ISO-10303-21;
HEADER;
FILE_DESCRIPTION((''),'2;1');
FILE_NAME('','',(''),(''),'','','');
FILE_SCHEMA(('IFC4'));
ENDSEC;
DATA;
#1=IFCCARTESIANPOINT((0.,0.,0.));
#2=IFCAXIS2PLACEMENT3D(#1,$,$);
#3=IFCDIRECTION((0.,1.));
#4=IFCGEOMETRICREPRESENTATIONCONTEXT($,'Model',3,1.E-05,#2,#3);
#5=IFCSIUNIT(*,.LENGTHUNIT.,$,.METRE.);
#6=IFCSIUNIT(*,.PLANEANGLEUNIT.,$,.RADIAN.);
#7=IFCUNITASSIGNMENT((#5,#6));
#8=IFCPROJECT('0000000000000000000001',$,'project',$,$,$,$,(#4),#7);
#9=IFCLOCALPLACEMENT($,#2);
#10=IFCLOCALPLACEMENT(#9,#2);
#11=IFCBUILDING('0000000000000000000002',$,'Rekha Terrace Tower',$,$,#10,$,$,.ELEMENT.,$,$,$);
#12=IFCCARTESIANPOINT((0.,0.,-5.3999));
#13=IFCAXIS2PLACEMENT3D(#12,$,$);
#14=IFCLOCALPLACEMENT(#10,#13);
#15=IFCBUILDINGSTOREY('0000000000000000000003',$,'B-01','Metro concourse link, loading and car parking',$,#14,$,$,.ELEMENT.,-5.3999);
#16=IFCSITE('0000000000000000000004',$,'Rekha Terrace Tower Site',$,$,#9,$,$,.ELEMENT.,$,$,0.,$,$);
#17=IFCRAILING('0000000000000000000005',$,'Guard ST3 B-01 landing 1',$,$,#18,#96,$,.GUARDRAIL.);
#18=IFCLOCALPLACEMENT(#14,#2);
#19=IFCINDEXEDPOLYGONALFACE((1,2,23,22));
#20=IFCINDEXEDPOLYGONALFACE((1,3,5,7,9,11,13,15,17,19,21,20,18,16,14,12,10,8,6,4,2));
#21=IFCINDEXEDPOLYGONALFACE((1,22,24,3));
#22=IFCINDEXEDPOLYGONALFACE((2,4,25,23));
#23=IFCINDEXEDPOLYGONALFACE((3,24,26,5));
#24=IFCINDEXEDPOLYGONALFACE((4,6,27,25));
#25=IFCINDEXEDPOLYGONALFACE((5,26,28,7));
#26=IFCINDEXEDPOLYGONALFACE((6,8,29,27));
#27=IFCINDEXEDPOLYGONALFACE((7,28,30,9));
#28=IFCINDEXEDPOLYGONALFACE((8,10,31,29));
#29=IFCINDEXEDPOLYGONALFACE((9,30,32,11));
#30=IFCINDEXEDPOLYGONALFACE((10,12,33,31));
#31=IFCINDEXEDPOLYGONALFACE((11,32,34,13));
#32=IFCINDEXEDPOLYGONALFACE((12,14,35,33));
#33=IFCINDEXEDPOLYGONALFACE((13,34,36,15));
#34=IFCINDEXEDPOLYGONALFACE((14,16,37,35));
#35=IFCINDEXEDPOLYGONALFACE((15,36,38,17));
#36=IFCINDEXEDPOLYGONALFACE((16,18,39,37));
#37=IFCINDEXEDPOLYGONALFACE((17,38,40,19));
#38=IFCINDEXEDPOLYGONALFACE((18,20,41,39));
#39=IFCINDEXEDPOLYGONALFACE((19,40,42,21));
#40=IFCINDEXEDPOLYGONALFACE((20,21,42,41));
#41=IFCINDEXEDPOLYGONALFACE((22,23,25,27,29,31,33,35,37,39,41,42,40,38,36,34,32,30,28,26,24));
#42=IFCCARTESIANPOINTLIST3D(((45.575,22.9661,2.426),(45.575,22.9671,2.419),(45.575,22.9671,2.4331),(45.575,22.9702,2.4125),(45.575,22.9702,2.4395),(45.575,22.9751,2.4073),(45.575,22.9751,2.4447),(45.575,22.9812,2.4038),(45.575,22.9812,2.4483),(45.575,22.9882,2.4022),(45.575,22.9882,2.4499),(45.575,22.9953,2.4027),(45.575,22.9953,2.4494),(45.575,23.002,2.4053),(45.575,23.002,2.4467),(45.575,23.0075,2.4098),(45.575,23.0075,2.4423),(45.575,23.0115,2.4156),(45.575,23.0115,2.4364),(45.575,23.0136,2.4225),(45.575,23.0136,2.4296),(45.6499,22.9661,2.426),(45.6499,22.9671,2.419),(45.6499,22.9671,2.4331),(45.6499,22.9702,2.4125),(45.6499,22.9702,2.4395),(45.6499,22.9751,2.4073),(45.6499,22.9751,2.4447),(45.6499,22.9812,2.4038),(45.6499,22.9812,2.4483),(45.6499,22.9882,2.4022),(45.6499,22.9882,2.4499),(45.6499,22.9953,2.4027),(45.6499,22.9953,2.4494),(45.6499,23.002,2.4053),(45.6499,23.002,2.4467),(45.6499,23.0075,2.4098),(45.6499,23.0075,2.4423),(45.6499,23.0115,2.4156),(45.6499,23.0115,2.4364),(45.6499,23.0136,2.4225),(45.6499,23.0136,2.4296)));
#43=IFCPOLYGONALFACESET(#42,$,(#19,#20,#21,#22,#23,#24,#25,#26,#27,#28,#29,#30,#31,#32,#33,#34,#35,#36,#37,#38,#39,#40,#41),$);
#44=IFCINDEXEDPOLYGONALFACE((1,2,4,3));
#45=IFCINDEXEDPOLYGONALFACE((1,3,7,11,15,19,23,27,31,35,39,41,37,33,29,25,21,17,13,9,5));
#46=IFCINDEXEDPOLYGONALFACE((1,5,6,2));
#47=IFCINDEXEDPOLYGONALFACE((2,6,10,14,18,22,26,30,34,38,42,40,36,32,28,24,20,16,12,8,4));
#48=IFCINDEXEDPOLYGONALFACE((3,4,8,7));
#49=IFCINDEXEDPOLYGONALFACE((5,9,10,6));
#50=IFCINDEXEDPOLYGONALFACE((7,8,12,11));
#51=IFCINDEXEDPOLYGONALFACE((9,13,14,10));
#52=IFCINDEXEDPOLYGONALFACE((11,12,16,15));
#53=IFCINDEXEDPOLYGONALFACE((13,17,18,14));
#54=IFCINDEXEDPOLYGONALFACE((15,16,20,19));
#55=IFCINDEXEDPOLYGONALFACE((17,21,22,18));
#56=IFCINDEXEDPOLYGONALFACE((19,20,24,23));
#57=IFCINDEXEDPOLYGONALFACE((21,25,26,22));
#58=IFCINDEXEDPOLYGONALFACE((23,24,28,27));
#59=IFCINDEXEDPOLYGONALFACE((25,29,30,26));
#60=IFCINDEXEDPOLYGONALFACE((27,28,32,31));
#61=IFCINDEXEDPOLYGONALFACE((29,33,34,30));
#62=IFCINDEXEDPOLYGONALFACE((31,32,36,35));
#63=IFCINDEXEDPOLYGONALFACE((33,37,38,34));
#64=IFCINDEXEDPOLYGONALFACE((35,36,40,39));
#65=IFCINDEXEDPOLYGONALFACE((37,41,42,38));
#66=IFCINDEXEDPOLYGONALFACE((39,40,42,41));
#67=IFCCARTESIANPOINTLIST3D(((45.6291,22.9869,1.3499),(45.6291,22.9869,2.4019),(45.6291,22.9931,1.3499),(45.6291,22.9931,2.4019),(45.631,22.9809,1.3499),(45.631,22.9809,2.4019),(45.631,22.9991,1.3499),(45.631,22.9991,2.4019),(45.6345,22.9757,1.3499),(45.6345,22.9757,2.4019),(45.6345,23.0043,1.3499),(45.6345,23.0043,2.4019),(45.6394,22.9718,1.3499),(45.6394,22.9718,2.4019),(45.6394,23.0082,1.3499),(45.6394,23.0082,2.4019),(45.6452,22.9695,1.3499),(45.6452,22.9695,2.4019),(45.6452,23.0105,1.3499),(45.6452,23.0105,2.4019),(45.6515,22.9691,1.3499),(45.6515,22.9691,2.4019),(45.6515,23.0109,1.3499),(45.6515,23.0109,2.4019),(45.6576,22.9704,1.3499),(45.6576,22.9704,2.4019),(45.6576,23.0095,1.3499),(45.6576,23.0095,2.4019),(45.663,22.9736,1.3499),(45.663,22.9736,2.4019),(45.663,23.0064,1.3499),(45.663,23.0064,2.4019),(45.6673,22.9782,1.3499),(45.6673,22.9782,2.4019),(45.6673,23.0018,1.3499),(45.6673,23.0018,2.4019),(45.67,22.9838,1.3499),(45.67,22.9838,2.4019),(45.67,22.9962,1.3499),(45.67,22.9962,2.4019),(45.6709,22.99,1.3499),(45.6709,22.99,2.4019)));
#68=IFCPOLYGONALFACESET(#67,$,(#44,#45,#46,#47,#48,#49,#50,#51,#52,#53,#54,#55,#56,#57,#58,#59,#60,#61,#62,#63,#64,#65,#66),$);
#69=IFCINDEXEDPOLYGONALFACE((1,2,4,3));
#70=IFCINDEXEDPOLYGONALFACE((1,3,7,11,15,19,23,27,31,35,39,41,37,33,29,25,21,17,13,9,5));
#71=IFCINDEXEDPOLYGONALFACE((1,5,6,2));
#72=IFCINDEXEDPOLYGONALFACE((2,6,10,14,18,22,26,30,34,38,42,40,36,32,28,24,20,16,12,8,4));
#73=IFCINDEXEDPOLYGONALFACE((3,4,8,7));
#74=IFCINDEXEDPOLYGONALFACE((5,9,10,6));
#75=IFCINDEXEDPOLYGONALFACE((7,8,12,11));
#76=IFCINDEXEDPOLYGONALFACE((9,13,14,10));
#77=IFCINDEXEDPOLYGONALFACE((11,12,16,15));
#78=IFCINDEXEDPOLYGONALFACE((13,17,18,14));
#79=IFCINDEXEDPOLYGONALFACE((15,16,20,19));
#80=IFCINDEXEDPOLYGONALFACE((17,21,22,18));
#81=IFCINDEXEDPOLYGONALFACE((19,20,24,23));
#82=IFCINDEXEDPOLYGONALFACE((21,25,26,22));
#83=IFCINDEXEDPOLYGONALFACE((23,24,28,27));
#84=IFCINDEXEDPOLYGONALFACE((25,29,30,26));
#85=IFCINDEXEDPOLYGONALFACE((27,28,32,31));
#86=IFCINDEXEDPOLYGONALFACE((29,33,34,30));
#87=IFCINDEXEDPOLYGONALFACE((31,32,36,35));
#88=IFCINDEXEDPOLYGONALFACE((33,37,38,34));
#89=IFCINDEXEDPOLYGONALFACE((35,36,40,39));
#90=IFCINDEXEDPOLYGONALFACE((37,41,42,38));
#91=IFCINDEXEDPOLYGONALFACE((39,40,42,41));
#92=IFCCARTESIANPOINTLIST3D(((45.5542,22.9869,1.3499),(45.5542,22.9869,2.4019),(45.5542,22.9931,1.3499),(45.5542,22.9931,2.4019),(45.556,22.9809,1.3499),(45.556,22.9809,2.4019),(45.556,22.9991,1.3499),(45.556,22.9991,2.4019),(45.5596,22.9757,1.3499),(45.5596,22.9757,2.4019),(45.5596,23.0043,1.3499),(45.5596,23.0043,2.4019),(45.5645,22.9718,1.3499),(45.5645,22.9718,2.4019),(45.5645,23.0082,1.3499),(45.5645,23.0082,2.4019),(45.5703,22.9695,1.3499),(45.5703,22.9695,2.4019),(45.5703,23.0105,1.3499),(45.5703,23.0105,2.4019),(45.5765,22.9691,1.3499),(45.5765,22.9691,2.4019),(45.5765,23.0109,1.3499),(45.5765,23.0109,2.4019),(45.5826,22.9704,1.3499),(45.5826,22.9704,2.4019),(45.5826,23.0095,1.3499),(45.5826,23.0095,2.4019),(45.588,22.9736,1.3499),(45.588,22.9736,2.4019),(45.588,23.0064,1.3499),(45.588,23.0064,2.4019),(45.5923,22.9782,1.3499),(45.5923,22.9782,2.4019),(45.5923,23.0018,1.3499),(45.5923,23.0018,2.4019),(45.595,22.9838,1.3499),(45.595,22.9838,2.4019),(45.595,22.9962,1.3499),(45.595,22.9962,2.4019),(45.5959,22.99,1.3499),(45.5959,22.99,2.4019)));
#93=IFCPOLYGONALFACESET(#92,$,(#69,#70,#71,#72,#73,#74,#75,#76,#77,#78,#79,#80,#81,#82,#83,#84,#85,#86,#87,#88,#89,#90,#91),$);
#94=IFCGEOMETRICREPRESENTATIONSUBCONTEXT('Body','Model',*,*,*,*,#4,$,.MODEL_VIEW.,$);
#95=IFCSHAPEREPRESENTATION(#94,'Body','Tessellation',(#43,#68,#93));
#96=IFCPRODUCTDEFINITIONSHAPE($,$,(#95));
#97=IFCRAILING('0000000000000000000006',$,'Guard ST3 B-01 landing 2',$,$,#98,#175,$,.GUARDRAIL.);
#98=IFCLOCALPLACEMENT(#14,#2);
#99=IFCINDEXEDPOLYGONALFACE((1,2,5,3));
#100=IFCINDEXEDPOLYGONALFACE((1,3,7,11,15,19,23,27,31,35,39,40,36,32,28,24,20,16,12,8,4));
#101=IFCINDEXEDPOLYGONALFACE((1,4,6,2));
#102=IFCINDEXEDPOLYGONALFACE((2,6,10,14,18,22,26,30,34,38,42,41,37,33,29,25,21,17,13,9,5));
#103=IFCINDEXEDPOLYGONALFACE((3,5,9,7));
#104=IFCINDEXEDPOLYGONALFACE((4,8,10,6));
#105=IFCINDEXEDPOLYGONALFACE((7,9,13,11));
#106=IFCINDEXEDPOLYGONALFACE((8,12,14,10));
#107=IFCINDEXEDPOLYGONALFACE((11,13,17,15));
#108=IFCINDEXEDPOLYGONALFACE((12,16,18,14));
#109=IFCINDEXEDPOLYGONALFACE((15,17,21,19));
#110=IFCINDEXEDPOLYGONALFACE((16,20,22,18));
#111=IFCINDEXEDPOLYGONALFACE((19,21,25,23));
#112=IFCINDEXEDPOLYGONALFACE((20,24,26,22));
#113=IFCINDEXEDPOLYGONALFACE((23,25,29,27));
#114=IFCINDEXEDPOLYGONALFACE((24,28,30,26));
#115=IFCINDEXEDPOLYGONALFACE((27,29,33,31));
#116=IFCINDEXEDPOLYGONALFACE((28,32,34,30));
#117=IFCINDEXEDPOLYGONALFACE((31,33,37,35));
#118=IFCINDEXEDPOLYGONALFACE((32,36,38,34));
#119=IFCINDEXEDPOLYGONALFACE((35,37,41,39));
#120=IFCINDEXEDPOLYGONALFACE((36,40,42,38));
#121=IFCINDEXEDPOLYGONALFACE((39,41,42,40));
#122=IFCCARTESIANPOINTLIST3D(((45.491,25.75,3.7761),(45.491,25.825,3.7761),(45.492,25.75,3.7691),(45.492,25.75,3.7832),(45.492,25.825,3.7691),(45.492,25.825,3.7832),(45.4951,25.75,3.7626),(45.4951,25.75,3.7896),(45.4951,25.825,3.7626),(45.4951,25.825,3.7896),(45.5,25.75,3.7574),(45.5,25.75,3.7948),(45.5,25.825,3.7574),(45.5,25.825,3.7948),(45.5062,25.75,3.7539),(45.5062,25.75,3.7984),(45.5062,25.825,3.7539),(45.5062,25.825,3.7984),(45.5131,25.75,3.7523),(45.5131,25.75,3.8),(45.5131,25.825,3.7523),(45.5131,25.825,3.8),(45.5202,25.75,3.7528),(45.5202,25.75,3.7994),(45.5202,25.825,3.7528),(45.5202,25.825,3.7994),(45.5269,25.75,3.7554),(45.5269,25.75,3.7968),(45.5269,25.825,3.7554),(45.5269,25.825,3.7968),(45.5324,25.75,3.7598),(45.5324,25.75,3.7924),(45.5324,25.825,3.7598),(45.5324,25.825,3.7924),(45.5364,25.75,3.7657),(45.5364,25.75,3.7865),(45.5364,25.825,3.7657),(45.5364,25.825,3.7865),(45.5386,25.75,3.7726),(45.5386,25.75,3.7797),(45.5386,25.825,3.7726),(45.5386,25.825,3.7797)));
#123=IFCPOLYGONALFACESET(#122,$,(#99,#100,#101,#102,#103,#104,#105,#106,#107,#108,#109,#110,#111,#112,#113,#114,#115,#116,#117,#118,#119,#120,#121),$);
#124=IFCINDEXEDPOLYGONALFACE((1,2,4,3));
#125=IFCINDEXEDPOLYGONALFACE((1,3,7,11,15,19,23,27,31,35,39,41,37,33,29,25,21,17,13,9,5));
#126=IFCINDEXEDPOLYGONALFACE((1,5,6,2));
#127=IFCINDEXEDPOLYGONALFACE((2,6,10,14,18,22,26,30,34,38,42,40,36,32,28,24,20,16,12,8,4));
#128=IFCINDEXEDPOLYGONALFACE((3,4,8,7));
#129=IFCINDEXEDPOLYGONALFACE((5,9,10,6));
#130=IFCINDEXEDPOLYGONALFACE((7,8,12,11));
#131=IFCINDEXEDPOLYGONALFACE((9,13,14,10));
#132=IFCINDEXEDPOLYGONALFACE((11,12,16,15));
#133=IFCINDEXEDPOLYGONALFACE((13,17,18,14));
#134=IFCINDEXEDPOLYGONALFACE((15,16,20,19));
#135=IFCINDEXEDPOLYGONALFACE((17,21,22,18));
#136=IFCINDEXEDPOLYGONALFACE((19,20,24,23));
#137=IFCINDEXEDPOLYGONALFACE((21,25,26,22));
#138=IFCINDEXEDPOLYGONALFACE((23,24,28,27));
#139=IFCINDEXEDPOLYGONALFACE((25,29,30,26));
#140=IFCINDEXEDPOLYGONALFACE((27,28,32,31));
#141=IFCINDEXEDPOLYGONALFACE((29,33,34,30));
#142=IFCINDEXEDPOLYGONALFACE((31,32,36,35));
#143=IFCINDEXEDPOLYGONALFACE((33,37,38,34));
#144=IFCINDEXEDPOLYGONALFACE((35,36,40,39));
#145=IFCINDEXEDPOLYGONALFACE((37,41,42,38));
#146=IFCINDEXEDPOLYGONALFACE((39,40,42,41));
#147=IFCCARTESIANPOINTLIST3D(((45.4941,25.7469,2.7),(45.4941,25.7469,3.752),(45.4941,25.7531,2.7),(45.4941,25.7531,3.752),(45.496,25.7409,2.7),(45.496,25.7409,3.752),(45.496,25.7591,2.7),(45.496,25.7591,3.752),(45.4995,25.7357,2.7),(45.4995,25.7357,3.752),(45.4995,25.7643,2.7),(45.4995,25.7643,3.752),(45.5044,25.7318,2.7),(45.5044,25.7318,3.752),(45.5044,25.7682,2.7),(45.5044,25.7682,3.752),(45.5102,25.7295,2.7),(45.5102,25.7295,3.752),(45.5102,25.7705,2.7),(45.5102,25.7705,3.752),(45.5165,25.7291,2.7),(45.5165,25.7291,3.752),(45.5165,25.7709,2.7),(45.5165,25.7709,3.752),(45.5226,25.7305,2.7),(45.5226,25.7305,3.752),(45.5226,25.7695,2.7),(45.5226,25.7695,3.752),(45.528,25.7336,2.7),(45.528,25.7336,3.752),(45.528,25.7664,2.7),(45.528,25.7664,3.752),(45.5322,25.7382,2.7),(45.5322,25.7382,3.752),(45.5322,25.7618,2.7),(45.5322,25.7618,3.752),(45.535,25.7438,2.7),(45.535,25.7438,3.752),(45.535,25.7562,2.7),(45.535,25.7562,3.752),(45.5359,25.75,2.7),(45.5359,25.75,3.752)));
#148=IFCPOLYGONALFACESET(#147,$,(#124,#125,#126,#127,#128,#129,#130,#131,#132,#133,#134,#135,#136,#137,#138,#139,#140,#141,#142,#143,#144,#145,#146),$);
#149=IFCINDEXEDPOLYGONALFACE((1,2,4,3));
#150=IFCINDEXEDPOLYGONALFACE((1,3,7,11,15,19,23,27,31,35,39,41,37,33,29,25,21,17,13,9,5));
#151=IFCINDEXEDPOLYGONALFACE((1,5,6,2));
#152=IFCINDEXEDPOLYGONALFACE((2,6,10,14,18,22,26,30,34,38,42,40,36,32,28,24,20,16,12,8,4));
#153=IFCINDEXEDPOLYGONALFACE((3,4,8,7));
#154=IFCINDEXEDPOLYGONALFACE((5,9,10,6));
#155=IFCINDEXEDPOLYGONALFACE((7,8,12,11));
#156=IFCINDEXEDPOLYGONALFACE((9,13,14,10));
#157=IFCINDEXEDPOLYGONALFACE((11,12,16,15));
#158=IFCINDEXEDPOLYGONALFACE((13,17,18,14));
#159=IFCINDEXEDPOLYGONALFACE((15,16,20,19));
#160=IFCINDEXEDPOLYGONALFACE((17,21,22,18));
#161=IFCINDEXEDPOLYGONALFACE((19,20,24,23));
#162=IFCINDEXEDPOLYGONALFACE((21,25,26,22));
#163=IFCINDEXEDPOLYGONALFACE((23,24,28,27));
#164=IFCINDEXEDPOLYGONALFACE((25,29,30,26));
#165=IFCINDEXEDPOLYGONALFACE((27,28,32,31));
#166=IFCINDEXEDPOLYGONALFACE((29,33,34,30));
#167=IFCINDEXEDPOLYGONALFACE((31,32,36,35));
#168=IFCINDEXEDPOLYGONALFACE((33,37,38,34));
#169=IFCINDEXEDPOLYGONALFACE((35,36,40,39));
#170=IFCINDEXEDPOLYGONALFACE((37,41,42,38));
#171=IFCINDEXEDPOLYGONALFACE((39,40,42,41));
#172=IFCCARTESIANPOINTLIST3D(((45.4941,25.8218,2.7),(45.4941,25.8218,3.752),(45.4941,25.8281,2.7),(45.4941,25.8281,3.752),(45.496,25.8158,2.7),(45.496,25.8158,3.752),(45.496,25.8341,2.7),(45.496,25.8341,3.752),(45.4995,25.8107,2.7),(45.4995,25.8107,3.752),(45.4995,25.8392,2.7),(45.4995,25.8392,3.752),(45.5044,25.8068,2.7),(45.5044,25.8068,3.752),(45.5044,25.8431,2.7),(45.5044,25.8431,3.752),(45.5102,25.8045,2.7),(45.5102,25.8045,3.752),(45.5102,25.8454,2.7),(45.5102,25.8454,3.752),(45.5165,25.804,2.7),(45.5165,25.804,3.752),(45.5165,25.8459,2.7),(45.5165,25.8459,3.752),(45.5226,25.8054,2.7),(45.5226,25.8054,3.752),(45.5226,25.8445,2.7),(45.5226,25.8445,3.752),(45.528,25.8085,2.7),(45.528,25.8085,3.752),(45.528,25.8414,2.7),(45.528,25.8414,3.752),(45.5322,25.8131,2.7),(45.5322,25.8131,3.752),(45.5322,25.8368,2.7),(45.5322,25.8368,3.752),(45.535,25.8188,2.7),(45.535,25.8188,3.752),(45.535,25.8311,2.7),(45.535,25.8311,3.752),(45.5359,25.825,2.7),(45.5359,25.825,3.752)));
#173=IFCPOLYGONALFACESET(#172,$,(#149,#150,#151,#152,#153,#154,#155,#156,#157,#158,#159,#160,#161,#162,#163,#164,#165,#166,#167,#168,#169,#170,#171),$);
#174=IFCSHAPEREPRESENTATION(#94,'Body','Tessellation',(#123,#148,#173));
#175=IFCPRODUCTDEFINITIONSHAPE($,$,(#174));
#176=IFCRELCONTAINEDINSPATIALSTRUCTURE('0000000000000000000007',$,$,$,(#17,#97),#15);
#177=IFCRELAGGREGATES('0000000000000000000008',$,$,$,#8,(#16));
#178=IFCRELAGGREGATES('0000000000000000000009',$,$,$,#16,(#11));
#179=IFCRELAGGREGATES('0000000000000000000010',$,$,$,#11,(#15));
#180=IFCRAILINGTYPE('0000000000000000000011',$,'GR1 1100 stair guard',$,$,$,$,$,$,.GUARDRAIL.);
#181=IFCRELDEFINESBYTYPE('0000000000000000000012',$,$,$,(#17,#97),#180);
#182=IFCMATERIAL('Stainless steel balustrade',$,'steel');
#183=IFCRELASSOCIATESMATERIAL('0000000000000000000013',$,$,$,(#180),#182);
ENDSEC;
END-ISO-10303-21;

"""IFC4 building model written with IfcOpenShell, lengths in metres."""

from ifc_helpers import new_model, si_unit, direction, frame, origin, origin_2d, place, context, subcontext, project, spatial, circle, extrude, material, type_object, element, save


model = new_model("IFC4")

# Units and contexts
model_context = context("Model", 3, precision=1e-05, world=origin(), true_north=direction((0.0, 1.0)))
body_context = subcontext(model_context, "Body", "Model", "MODEL_VIEW")
ifc_project = project(units=[si_unit("LENGTHUNIT", "METRE"), si_unit("PLANEANGLEUNIT", "RADIAN")], contexts=[model_context])

# Site, building, storey
site_placement = place(None, origin())
site = spatial("IfcSite", under=ifc_project, at=site_placement, Name="Rekha Terrace Tower Site", CompositionType="ELEMENT", RefElevation=0.0)
building_placement = place(site_placement, origin())
building = spatial("IfcBuilding", under=site, at=building_placement, Name="Rekha Terrace Tower", CompositionType="ELEMENT")
storey_placement = place(building_placement, frame((0.0, 0.0, -5.3999)))
storey = spatial("IfcBuildingStorey", under=building, at=storey_placement, Name="B-01", Description="Metro concourse link, loading and car parking", CompositionType="ELEMENT", Elevation=-5.3999)

# Railings
ifc_material_1 = material(Name="Stainless steel balustrade", Category="steel")
railing_type_1 = type_object("IfcRailingType", Name="GR1 1100 stair guard", PredefinedType="GUARDRAIL", material=ifc_material_1)
railing_1_placement = place(storey_placement, frame((45.6499, 22.99, 1.3499)))
element("IfcRailing", 1, at=railing_1_placement, inside=storey, type_object=railing_type_1, Name="Guard ST3 B-01 landing 1", PredefinedType="GUARDRAIL", context=body_context, shape_type="SweptSolid", body=[
    extrude(circle(Radius=0.0239, at=origin_2d()), frame((0.0, 0.0, 1.0762), z_axis=(-1.0, 0.0, 0.0), x_axis=(0.0, -1.0, 0.0)), (0.0, 0.0, 1.0), 0.075),
    extrude(circle(Radius=0.021, at=origin_2d()), origin(), (0.0, 0.0, 1.0), 1.052),
    extrude(circle(Radius=0.021, at=origin_2d()), frame((-0.075, 0.0, 0.0)), (0.0, 0.0, 1.0), 1.052),
])
railing_2_placement = place(storey_placement, frame((45.5149, 25.75, 2.7)))
element("IfcRailing", 2, at=railing_2_placement, inside=storey, type_object=railing_type_1, Name="Guard ST3 B-01 landing 2", PredefinedType="GUARDRAIL", context=body_context, shape_type="SweptSolid", body=[
    extrude(circle(Radius=0.0239, at=origin_2d()), frame((0.0, 0.0, 1.0762), z_axis=(0.0, 1.0, 0.0), x_axis=(-1.0, 0.0, 0.0)), (0.0, 0.0, 1.0), 0.075),
    extrude(circle(Radius=0.021, at=origin_2d()), origin(), (0.0, 0.0, 1.0), 1.052),
    extrude(circle(Radius=0.021, at=origin_2d()), frame((0.0, 0.075, 0.0)), (0.0, 0.0, 1.0), 1.052),
])

save(model, "model.ifc")
